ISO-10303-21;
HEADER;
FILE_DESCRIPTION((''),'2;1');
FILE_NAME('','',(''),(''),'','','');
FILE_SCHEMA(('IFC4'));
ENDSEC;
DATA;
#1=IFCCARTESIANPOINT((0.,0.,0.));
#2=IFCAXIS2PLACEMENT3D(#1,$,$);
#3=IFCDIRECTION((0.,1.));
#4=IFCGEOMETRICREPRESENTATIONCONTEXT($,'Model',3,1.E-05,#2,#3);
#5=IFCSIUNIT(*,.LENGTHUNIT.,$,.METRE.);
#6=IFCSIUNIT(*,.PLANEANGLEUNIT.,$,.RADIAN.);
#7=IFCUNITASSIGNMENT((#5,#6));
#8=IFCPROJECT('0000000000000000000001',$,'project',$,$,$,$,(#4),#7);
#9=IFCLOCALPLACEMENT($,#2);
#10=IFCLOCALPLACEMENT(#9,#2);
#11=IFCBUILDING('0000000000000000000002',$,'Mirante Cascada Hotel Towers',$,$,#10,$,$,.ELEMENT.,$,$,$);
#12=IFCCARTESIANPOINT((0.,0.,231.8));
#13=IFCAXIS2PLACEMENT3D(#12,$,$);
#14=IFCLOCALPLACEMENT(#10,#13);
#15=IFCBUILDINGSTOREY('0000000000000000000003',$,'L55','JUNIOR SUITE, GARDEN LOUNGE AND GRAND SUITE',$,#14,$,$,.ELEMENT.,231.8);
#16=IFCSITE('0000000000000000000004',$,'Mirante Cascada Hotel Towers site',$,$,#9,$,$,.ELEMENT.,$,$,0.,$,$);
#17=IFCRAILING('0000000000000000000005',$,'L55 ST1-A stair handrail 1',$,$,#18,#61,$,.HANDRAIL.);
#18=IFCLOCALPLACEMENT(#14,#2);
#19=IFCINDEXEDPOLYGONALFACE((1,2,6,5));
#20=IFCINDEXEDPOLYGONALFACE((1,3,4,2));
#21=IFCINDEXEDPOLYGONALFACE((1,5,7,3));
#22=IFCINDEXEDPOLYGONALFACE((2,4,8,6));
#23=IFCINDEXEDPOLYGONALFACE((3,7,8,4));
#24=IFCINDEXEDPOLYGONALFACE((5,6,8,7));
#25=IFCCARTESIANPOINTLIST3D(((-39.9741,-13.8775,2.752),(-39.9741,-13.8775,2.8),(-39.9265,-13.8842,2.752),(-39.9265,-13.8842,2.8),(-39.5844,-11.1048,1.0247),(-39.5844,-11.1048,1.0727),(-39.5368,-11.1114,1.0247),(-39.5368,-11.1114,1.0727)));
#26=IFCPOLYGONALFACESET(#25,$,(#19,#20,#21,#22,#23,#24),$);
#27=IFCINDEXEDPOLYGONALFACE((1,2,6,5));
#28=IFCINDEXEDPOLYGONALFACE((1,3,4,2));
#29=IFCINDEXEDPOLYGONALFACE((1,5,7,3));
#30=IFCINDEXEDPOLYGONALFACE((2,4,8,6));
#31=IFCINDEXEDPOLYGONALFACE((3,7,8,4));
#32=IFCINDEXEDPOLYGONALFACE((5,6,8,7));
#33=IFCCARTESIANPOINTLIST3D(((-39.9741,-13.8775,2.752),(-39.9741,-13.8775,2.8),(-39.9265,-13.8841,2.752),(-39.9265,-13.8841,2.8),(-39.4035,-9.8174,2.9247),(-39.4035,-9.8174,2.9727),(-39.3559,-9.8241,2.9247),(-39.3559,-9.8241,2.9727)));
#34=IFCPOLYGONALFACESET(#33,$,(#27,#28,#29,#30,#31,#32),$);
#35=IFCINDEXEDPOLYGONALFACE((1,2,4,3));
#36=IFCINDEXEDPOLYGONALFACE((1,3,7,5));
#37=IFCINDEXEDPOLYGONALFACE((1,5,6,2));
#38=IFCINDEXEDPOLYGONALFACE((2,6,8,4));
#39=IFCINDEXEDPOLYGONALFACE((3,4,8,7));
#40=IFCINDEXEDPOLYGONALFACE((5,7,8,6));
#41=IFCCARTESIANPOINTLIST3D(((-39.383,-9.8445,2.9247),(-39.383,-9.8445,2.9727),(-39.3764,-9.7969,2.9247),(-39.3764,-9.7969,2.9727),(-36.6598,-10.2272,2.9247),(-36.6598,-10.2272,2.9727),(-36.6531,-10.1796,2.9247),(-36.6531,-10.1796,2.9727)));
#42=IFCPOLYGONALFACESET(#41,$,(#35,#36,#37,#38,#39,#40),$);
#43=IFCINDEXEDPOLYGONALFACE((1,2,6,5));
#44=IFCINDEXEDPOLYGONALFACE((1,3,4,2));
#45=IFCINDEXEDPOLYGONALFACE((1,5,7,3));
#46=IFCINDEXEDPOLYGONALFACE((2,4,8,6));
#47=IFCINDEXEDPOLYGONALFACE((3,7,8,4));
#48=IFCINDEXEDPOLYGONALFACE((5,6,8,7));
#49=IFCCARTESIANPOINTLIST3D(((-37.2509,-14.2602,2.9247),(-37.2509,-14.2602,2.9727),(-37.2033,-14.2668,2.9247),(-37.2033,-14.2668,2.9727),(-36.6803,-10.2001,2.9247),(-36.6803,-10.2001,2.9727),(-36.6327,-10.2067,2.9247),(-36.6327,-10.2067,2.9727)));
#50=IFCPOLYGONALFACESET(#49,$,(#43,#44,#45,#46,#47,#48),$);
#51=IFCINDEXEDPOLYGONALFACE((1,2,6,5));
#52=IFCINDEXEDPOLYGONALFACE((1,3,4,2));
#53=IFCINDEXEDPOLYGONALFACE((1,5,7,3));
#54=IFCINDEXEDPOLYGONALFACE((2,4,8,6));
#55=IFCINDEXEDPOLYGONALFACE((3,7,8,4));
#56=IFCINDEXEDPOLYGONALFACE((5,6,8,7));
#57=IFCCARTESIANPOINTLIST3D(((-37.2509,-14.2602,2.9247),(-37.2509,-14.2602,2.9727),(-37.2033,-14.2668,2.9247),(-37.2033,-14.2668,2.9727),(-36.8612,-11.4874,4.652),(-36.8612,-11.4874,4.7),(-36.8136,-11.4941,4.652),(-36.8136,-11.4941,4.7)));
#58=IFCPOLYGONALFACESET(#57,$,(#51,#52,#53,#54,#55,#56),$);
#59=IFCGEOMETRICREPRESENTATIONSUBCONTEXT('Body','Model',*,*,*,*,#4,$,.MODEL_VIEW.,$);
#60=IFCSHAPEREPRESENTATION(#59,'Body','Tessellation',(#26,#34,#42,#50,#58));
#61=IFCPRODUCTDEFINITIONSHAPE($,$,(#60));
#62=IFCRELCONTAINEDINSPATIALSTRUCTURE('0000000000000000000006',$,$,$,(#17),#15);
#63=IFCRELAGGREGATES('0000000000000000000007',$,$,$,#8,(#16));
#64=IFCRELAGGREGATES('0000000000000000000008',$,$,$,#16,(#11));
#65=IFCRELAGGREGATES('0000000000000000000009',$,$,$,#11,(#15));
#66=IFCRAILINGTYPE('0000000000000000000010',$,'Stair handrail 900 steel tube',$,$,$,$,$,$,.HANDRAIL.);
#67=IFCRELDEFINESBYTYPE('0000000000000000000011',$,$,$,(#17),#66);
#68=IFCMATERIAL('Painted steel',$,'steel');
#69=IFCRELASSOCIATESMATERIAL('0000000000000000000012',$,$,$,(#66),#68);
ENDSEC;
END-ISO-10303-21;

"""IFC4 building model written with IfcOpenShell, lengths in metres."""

from ifc_helpers import new_model, si_unit, direction, frame, origin, origin_2d, place, context, subcontext, project, spatial, rectangle, extrude, material, type_object, element, save


model = new_model("IFC4")

# Units and contexts
model_context = context("Model", 3, precision=1e-05, world=origin(), true_north=direction((0.0, 1.0)))
body_context = subcontext(model_context, "Body", "Model", "MODEL_VIEW")
ifc_project = project(units=[si_unit("LENGTHUNIT", "METRE"), si_unit("PLANEANGLEUNIT", "RADIAN")], contexts=[model_context])

# Site, building, storey
site_placement = place(None, origin())
site = spatial("IfcSite", under=ifc_project, at=site_placement, Name="Mirante Cascada Hotel Towers site", CompositionType="ELEMENT", RefElevation=0.0)
building_placement = place(site_placement, origin())
building = spatial("IfcBuilding", under=site, at=building_placement, Name="Mirante Cascada Hotel Towers", CompositionType="ELEMENT")
storey_placement = place(building_placement, frame((0.0, 0.0, 231.8)))
storey = spatial("IfcBuildingStorey", under=building, at=storey_placement, Name="L55", Description="JUNIOR SUITE, GARDEN LOUNGE AND GRAND SUITE", CompositionType="ELEMENT", Elevation=231.8)

# Railing
ifc_material_1 = material(Name="Painted steel", Category="steel")
railing_type = type_object("IfcRailingType", Name="Stair handrail 900 steel tube", PredefinedType="HANDRAIL", material=ifc_material_1)
railing_placement = place(storey_placement, frame((-39.5606, -11.1081, 0.1727)))
element("IfcRailing", 1, at=railing_placement, inside=storey, type_object=railing_type, Name="L55 ST1-A stair handrail 1", PredefinedType="HANDRAIL", context=body_context, shape_type="SweptSolid", body=[
    extrude(rectangle(XDim=0.048, YDim=0.048, at=origin_2d()), frame((0.0, 0.0, 0.876), z_axis=(-0.139181, -0.990267, 0.0), x_axis=(0.990267, -0.139181, 0.0)), (0.0, 0.525035, 0.851081), 3.2899),
    extrude(rectangle(XDim=0.048, YDim=0.048, at=origin_2d()), frame((-0.3897, -2.7727, 2.6033), z_axis=(0.139171, 0.990268, 0.0), x_axis=(-0.990268, 0.139171, 0.0)), (0.0, 0.042085, 0.999114), 4.1036),
    extrude(rectangle(XDim=0.048, YDim=0.048, at=origin_2d()), frame((0.1809, 1.2874, 2.776), z_axis=(0.990269, -0.139166, 0.0), x_axis=(0.139166, 0.990269, 0.0)), (0.0, 0.0, 1.0), 2.75),
    extrude(rectangle(XDim=0.048, YDim=0.048, at=origin_2d()), frame((2.9041, 0.9047, 2.776), z_axis=(-0.139171, -0.990268, 0.0), x_axis=(0.990268, -0.139171, 0.0)), (0.0, 0.0, 1.0), 4.1),
    extrude(rectangle(XDim=0.048, YDim=0.048, at=origin_2d()), frame((2.3335, -3.1554, 2.776), z_axis=(0.139181, 0.990267, 0.0), x_axis=(-0.990267, 0.139181, 0.0)), (0.0, 0.525035, 0.851081), 3.2899),
])

save(model, "model.ifc")
